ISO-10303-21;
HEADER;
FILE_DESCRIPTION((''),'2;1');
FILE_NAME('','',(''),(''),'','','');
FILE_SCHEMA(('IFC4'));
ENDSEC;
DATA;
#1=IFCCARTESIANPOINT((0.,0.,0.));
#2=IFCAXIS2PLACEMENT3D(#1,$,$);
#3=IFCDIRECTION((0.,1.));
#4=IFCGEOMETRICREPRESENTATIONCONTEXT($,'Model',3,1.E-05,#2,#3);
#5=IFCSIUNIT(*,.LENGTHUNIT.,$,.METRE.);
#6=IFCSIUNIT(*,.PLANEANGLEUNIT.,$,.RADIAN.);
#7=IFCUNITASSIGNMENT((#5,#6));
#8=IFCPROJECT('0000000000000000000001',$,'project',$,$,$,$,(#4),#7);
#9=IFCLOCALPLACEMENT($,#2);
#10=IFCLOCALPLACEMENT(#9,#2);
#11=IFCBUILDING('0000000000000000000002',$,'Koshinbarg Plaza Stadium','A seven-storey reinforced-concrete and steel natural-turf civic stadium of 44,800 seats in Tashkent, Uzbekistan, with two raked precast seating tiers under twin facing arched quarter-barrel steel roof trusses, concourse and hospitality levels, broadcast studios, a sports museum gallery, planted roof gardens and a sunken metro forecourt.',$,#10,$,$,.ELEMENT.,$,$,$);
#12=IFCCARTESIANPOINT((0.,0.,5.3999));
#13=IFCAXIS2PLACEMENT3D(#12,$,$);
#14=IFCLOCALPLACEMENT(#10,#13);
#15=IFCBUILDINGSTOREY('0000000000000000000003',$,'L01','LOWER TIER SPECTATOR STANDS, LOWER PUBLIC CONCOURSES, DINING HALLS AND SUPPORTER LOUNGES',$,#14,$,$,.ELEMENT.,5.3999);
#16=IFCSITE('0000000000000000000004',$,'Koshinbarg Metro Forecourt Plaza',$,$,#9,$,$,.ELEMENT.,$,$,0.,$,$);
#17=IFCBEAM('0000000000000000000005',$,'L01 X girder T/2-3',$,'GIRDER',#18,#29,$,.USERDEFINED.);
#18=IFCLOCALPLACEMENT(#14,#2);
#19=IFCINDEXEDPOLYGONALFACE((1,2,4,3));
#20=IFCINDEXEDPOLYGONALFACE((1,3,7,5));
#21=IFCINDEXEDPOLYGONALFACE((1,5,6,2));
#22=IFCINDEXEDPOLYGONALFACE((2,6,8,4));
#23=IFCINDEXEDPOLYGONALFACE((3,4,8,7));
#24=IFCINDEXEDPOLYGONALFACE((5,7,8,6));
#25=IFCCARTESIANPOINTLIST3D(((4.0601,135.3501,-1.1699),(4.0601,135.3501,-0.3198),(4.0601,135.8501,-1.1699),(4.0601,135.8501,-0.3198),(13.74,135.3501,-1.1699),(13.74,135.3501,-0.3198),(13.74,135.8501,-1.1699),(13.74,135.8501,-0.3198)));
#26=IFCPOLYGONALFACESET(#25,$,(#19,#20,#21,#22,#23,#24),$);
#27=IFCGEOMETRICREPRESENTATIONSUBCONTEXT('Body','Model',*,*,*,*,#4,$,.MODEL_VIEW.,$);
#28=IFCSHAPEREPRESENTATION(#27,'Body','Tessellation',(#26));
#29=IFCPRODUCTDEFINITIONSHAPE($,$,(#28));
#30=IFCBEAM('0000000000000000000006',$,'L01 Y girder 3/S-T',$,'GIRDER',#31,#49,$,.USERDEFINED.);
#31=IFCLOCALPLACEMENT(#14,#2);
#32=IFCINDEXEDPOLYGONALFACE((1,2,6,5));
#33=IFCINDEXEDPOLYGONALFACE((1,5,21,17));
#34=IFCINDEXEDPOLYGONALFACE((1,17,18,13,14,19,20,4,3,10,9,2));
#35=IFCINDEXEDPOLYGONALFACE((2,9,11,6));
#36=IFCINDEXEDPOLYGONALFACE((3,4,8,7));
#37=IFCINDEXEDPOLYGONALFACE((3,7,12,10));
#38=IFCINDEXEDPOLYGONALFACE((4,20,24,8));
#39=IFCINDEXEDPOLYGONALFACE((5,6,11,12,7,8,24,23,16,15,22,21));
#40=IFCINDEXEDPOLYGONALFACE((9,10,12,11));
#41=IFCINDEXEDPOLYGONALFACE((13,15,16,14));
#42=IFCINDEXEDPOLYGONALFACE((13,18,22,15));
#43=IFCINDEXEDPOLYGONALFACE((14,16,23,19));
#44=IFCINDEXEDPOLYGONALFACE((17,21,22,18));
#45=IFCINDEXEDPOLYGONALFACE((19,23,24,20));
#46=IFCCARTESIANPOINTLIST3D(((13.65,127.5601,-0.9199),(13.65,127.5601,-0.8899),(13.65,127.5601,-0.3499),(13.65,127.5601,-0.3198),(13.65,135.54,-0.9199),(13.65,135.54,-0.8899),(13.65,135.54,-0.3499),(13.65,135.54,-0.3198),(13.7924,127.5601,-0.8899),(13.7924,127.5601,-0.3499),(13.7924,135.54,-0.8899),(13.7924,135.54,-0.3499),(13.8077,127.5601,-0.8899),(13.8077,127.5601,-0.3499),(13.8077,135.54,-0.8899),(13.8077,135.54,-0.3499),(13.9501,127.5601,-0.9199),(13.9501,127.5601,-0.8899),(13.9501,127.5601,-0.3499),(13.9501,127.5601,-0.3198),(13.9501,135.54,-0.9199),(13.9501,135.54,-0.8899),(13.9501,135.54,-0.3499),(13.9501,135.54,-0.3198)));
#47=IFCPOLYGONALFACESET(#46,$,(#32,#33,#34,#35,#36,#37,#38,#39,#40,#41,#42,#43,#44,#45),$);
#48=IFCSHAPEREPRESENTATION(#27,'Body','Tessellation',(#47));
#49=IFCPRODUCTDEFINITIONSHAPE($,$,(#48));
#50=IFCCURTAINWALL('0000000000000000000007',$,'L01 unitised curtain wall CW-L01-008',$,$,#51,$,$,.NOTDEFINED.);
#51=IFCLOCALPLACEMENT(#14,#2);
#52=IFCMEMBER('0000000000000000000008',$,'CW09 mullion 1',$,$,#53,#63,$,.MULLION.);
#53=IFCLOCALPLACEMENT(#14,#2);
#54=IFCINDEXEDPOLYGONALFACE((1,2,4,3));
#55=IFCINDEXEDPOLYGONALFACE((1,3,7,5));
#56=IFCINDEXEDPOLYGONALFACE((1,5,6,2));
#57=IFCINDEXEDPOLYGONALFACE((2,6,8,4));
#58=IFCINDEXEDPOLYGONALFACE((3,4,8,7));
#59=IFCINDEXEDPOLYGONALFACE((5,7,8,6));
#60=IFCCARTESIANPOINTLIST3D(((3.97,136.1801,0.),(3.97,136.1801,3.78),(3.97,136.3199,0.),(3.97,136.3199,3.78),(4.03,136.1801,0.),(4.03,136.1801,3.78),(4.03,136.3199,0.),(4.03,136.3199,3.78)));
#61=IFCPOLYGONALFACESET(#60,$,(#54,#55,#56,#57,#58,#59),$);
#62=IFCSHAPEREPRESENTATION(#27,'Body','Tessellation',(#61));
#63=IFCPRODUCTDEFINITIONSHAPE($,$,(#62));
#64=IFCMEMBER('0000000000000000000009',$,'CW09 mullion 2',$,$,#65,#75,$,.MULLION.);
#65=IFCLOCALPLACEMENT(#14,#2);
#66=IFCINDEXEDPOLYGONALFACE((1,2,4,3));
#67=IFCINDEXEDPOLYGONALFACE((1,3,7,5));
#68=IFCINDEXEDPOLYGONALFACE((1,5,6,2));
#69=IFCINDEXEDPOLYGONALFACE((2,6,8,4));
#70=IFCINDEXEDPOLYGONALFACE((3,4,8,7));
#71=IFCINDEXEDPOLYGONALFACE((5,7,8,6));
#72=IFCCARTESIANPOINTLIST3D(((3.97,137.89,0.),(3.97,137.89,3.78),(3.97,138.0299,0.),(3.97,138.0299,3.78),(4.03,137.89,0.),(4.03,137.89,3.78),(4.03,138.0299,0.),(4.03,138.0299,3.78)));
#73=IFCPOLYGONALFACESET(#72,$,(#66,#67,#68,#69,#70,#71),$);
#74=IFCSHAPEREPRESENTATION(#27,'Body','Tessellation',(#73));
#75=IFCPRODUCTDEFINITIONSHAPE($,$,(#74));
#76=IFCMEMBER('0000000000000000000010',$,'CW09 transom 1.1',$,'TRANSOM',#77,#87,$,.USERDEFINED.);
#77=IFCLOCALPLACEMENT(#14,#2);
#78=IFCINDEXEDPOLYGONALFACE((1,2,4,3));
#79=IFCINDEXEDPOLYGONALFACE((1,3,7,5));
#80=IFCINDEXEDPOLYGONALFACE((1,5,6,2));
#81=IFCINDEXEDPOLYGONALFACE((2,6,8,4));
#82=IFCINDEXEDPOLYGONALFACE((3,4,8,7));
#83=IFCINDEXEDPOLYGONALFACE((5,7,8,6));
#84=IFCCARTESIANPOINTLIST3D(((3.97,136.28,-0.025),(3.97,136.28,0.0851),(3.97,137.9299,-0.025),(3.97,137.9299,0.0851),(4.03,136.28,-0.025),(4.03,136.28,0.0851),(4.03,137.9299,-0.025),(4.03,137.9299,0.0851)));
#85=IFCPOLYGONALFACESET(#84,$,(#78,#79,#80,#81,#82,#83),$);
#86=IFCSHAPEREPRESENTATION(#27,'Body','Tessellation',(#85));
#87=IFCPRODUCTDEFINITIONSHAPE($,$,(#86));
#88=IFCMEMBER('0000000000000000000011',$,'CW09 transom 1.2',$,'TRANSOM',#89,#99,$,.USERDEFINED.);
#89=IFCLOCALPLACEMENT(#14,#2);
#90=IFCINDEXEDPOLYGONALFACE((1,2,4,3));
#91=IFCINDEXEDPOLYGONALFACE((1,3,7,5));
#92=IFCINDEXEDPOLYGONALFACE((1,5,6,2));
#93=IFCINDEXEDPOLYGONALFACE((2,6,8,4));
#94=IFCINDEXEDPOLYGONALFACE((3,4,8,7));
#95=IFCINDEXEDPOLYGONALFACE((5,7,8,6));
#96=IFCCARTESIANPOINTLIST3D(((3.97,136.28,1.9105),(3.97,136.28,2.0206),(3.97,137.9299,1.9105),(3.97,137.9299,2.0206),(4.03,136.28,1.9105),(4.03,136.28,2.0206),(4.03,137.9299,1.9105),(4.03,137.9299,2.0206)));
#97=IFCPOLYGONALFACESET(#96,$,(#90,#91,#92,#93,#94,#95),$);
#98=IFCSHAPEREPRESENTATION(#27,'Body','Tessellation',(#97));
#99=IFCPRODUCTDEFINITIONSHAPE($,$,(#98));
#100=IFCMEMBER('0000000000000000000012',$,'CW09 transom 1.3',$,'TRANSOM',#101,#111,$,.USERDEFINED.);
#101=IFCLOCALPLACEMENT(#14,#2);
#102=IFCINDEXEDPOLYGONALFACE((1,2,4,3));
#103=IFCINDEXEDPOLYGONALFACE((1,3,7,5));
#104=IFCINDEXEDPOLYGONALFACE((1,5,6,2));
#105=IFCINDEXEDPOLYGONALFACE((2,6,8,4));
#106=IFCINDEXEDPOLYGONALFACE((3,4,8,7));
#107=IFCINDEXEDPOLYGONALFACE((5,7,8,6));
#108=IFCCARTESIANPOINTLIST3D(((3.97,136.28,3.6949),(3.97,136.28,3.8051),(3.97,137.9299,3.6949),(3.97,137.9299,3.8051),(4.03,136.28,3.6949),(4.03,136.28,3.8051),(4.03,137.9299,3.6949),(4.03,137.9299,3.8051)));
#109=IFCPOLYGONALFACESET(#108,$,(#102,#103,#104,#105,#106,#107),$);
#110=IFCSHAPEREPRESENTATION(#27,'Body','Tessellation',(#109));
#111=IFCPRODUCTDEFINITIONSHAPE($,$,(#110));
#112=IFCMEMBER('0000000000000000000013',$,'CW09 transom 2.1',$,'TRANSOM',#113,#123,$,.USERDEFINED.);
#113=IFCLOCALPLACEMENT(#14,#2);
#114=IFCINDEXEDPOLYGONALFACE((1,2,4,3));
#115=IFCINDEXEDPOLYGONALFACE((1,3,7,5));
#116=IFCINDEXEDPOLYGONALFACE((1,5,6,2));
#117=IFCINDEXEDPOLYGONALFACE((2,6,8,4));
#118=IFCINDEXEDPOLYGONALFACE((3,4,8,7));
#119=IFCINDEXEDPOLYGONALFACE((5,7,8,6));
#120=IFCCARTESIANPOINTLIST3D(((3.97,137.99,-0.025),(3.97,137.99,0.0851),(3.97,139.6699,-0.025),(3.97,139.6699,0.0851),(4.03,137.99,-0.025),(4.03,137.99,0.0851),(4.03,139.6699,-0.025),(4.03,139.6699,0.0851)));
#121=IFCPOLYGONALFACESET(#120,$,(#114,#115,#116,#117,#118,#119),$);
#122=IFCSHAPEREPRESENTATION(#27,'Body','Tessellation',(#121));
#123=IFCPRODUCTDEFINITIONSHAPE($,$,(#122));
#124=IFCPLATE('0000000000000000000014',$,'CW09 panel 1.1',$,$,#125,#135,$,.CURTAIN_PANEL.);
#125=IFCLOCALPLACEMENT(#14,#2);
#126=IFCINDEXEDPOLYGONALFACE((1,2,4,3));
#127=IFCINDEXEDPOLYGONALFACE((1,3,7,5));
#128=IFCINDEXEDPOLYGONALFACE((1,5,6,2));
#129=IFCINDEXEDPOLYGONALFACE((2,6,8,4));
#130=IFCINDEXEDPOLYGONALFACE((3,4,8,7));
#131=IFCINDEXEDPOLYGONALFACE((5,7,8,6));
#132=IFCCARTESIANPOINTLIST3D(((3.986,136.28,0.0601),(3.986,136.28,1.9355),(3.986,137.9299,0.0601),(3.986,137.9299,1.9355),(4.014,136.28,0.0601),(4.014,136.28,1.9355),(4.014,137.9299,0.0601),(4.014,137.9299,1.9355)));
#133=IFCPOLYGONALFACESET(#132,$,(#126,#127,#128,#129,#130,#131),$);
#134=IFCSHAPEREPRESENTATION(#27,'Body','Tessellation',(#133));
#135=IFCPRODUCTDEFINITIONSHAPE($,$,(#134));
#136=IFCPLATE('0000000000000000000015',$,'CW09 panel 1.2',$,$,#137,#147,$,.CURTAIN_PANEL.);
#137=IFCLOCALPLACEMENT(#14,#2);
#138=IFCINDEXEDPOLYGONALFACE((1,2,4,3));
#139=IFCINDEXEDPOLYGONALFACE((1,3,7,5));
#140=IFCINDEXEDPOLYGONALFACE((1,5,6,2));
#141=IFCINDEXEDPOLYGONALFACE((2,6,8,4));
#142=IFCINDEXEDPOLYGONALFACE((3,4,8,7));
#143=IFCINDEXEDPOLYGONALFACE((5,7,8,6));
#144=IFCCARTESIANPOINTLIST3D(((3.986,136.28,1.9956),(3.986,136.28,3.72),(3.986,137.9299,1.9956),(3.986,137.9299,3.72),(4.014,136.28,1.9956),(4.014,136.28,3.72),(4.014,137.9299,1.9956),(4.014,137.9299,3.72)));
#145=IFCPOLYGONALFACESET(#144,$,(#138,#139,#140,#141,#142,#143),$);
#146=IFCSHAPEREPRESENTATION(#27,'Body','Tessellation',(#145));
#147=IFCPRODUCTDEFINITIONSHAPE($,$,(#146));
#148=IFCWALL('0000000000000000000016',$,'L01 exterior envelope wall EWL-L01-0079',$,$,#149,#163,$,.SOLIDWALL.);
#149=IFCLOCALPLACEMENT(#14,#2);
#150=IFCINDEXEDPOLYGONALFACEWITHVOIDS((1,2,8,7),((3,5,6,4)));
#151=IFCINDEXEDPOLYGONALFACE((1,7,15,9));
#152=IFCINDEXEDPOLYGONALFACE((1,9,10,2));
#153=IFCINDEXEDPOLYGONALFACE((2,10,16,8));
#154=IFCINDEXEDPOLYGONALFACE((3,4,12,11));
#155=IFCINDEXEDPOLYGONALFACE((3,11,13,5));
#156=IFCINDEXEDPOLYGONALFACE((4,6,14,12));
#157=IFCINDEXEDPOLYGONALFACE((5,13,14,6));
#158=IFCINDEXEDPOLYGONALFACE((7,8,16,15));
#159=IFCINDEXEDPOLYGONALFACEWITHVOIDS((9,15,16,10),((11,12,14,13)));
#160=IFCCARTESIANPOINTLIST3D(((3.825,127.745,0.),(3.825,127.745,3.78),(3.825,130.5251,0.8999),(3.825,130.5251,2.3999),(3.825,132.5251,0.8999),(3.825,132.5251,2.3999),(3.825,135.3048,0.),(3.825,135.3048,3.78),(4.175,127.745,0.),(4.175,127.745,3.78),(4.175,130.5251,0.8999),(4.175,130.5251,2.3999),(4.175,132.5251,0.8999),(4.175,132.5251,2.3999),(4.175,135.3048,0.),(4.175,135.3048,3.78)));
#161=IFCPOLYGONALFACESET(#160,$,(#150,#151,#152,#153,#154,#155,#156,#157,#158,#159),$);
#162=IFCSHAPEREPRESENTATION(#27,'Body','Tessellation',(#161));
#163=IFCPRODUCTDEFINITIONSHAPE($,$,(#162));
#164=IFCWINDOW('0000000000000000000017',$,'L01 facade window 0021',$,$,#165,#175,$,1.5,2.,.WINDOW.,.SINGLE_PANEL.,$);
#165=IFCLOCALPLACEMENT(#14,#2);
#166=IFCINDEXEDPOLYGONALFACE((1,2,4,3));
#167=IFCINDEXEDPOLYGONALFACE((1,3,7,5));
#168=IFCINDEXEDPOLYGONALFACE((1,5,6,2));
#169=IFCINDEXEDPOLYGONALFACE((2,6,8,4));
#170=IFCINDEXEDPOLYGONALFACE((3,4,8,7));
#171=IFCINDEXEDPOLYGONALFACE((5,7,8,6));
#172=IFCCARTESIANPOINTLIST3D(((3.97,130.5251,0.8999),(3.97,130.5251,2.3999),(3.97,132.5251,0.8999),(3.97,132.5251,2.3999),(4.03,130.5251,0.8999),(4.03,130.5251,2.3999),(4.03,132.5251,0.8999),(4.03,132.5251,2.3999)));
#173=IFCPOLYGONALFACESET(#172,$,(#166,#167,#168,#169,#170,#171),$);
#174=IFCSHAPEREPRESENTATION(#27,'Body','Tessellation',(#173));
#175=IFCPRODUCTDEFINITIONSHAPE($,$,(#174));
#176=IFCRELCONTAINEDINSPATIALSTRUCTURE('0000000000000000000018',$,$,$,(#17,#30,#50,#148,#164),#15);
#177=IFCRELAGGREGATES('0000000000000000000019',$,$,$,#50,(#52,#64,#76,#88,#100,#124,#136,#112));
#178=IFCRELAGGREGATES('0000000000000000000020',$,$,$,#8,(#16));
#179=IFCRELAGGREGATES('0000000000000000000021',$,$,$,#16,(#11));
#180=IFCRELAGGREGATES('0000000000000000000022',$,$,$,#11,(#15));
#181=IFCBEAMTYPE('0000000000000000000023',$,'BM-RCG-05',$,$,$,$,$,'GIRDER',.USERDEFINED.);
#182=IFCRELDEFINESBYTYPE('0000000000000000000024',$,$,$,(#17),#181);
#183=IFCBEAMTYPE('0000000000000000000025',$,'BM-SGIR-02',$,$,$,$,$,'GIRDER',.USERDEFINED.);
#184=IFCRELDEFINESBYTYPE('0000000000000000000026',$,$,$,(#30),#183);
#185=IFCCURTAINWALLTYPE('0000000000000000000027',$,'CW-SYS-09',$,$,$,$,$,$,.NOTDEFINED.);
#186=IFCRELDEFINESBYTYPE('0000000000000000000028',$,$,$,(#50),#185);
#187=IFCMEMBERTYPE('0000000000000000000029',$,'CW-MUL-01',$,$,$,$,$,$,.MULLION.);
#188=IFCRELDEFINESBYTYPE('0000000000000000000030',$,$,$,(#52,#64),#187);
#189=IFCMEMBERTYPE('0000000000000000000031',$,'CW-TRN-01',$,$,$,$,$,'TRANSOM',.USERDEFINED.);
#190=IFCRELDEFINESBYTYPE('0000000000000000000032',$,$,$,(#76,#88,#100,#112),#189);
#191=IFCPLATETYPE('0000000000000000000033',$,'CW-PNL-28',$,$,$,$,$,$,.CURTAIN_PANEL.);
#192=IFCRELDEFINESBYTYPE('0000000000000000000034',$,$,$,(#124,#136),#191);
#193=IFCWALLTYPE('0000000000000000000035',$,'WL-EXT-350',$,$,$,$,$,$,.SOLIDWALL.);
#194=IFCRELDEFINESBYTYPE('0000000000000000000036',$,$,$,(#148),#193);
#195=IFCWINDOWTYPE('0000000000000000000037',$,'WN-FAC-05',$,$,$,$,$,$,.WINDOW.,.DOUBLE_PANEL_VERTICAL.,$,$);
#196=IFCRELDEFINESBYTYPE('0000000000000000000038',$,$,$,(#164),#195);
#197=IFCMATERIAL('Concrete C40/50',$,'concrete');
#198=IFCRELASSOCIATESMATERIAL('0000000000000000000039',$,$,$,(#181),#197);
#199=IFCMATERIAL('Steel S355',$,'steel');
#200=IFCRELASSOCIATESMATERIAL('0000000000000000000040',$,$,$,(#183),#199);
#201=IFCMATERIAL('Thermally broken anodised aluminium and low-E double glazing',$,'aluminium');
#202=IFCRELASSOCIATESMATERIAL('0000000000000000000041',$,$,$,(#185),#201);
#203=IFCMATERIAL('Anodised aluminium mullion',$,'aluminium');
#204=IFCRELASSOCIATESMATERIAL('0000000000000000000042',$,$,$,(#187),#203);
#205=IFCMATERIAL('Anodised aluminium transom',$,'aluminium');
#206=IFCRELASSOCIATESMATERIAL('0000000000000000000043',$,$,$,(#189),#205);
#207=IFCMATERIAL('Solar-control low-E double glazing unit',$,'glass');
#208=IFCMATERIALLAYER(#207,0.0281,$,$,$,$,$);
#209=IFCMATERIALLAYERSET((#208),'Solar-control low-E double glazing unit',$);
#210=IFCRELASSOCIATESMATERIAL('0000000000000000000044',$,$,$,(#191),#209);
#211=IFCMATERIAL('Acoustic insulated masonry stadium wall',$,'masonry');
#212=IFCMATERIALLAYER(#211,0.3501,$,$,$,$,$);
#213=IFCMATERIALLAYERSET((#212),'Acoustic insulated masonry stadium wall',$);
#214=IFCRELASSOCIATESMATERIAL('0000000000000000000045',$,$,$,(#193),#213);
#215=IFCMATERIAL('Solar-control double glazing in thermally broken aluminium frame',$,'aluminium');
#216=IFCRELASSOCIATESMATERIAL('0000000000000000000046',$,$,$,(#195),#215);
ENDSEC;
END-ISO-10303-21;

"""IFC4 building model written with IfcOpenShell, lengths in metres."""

from ifc_helpers import new_model, si_unit, direction, frame, frame_2d, origin, origin_2d, place, context, subcontext, project, spatial, rectangle, i_section, extrude, material, layer, layer_set, material_profile, profile_set, type_object, element, fill, aggregate, save


model = new_model("IFC4")

# Units and contexts
model_context = context("Model", 3, precision=1e-05, world=origin(), true_north=direction((0.0, 1.0)))
body_context = subcontext(model_context, "Body", "Model", "MODEL_VIEW")
ifc_project = project(units=[si_unit("LENGTHUNIT", "METRE"), si_unit("PLANEANGLEUNIT", "RADIAN")], contexts=[model_context])

# Site, building, storey
site_placement = place(None, origin())
site = spatial("IfcSite", under=ifc_project, at=site_placement, Name="Koshinbarg Metro Forecourt Plaza", CompositionType="ELEMENT", RefElevation=0.0)
building_placement = place(site_placement, origin())
building = spatial("IfcBuilding", under=site, at=building_placement, Name="Koshinbarg Plaza Stadium", Description="A seven-storey reinforced-concrete and steel natural-turf civic stadium of 44,800 seats in Tashkent, Uzbekistan, with two raked precast seating tiers under twin facing arched quarter-barrel steel roof trusses, concourse and hospitality levels, broadcast studios, a sports museum gallery, planted roof gardens and a sunken metro forecourt.", CompositionType="ELEMENT")
storey_placement = place(building_placement, frame((0.0, 0.0, 5.3999)))
storey = spatial("IfcBuildingStorey", under=building, at=storey_placement, Name="L01", Description="LOWER TIER SPECTATOR STANDS, LOWER PUBLIC CONCOURSES, DINING HALLS AND SUPPORTER LOUNGES", CompositionType="ELEMENT", Elevation=5.3999)

# Shared definitions
ifc_material_1 = material(Name="Steel S355", Category="steel")

# Beams
ifc_material_2 = material(Name="Concrete C40/50", Category="concrete")
ifc_material_profile_1 = material_profile(ifc_material_2, rectangle(XDim=0.5, YDim=0.8501, at=origin_2d()), Name="RC 500x850")
ifc_profile_set_1 = profile_set([ifc_material_profile_1], Name="Concrete C40/50")
beam_type_1 = type_object("IfcBeamType", Name="BM-RCG-05", ElementType="GIRDER", PredefinedType="USERDEFINED", material=ifc_profile_set_1)
for number, where, z_axis, x_axis, name in (
    (1, (4.0601, 135.6001, -0.7449), (1.0, 0.0, 0.0), (0.0, 1.0, 0.0), "L01 X girder T/2-3"),
):
    element("IfcBeam", number, at=place(storey_placement, frame(where, z_axis=z_axis, x_axis=x_axis)), inside=storey, type_object=beam_type_1, Name=name, ObjectType="GIRDER", PredefinedType="USERDEFINED", context=body_context, shape_type="SweptSolid", body=[
        extrude(rectangle(XDim=0.5, YDim=0.8501, at=origin_2d()), origin(), (0.0, 0.0, 1.0), 9.6799),
    ])
ifc_material_profile_2 = material_profile(ifc_material_1, i_section(OverallWidth=0.3, OverallDepth=0.6001, WebThickness=0.0154, FlangeThickness=0.03, at=origin_2d()), Name="HEB 600")
ifc_profile_set_2 = profile_set([ifc_material_profile_2], Name="Steel S355")
beam_type_2 = type_object("IfcBeamType", Name="BM-SGIR-02", ElementType="GIRDER", PredefinedType="USERDEFINED", material=ifc_profile_set_2)
beam_1_placement = place(storey_placement, frame((13.8, 127.5601, -0.6199), z_axis=(0.0, 1.0, 0.0), x_axis=(-1.0, 0.0, 0.0)))
element("IfcBeam", 2, at=beam_1_placement, inside=storey, type_object=beam_type_2, Name="L01 Y girder 3/S-T", ObjectType="GIRDER", PredefinedType="USERDEFINED", context=body_context, shape_type="SweptSolid", body=[
    extrude(i_section(OverallWidth=0.3, OverallDepth=0.6001, WebThickness=0.0154, FlangeThickness=0.03, at=origin_2d()), origin(), (0.0, 0.0, 1.0), 7.98),
])

# Curtain wall, members, plates
ifc_material_3 = material(Name="Thermally broken anodised aluminium and low-E double glazing", Category="aluminium")
curtain_wall_type = type_object("IfcCurtainWallType", Name="CW-SYS-09", PredefinedType="NOTDEFINED", material=ifc_material_3)
curtain_wall_placement = place(storey_placement, origin())
curtain_wall = element("IfcCurtainWall", 3, at=curtain_wall_placement, inside=storey, type_object=curtain_wall_type, Name="L01 unitised curtain wall CW-L01-008", PredefinedType="NOTDEFINED")
ifc_material_4 = material(Name="Anodised aluminium mullion", Category="aluminium")
ifc_material_profile_3 = material_profile(ifc_material_4, rectangle(XDim=0.0601, YDim=0.1399, at=origin_2d()), Name="ALU 60x140")
ifc_profile_set_3 = profile_set([ifc_material_profile_3], Name="Anodised aluminium mullion")
member_type_1 = type_object("IfcMemberType", Name="CW-MUL-01", PredefinedType="MULLION", material=ifc_profile_set_3)
member_1_placement = place(storey_placement, frame((4.0, 136.25, 0.0), z_axis=(0.0, 0.0, 1.0), x_axis=(-1.0, 0.0, 0.0)))
member_1 = element("IfcMember", 4, at=member_1_placement, type_object=member_type_1, Name="CW09 mullion 1", PredefinedType="MULLION", context=body_context, shape_type="SweptSolid", body=[
    extrude(rectangle(XDim=0.0601, YDim=0.1399, at=origin_2d()), origin(), (0.0, 0.0, 1.0), 3.78),
])
member_2_placement = place(storey_placement, frame((4.0, 137.96, 0.0), z_axis=(0.0, 0.0, 1.0), x_axis=(-1.0, 0.0, 0.0)))
member_2 = element("IfcMember", 5, at=member_2_placement, type_object=member_type_1, Name="CW09 mullion 2", PredefinedType="MULLION", context=body_context, shape_type="SweptSolid", body=[
    extrude(rectangle(XDim=0.0601, YDim=0.1399, at=origin_2d()), origin(), (0.0, 0.0, 1.0), 3.78),
])
ifc_material_5 = material(Name="Anodised aluminium transom", Category="aluminium")
ifc_material_profile_4 = material_profile(ifc_material_5, rectangle(XDim=0.0601, YDim=0.1101, at=origin_2d()), Name="ALU 60x110")
ifc_profile_set_4 = profile_set([ifc_material_profile_4], Name="Anodised aluminium transom")
member_type_2 = type_object("IfcMemberType", Name="CW-TRN-01", ElementType="TRANSOM", PredefinedType="USERDEFINED", material=ifc_profile_set_4)
member_3_placement = place(storey_placement, frame((4.0, 136.28, 0.03), z_axis=(0.0, 1.0, 0.0), x_axis=(-1.0, 0.0, 0.0)))
member_3 = element("IfcMember", 6, at=member_3_placement, type_object=member_type_2, Name="CW09 transom 1.1", ObjectType="TRANSOM", PredefinedType="USERDEFINED", context=body_context, shape_type="SweptSolid", body=[
    extrude(rectangle(XDim=0.0601, YDim=0.1101, at=origin_2d()), origin(), (0.0, 0.0, 1.0), 1.6499),
])
member_4_placement = place(storey_placement, frame((4.0, 136.28, 1.9656), z_axis=(0.0, 1.0, 0.0), x_axis=(-1.0, 0.0, 0.0)))
member_4 = element("IfcMember", 7, at=member_4_placement, type_object=member_type_2, Name="CW09 transom 1.2", ObjectType="TRANSOM", PredefinedType="USERDEFINED", context=body_context, shape_type="SweptSolid", body=[
    extrude(rectangle(XDim=0.0601, YDim=0.1101, at=origin_2d()), origin(), (0.0, 0.0, 1.0), 1.6499),
])
member_5_placement = place(storey_placement, frame((4.0, 136.28, 3.75), z_axis=(0.0, 1.0, 0.0), x_axis=(-1.0, 0.0, 0.0)))
member_5 = element("IfcMember", 8, at=member_5_placement, type_object=member_type_2, Name="CW09 transom 1.3", ObjectType="TRANSOM", PredefinedType="USERDEFINED", context=body_context, shape_type="SweptSolid", body=[
    extrude(rectangle(XDim=0.0601, YDim=0.1101, at=origin_2d()), origin(), (0.0, 0.0, 1.0), 1.6499),
])
member_6_placement = place(storey_placement, frame((4.0, 137.99, 0.03), z_axis=(0.0, 1.0, 0.0), x_axis=(-1.0, 0.0, 0.0)))
member_6 = element("IfcMember", 9, at=member_6_placement, type_object=member_type_2, Name="CW09 transom 2.1", ObjectType="TRANSOM", PredefinedType="USERDEFINED", context=body_context, shape_type="SweptSolid", body=[
    extrude(rectangle(XDim=0.0601, YDim=0.1101, at=origin_2d()), origin(), (0.0, 0.0, 1.0), 1.6799),
])
ifc_material_6 = material(Name="Solar-control low-E double glazing unit", Category="glass")
ifc_layer_1 = layer(ifc_material_6, 0.0281)
ifc_layer_set_1 = layer_set([ifc_layer_1], Name="Solar-control low-E double glazing unit")
plate_type = type_object("IfcPlateType", Name="CW-PNL-28", PredefinedType="CURTAIN_PANEL", material=ifc_layer_set_1)
plate_1_placement = place(storey_placement, frame((4.0, 137.105, 0.0601), z_axis=(0.0, 0.0, 1.0), x_axis=(0.0, 1.0, 0.0)))
plate_1 = element("IfcPlate", 10, at=plate_1_placement, type_object=plate_type, Name="CW09 panel 1.1", PredefinedType="CURTAIN_PANEL", context=body_context, shape_type="SweptSolid", body=[
    extrude(rectangle(XDim=1.6499, YDim=0.0281, at=origin_2d()), origin(), (0.0, 0.0, 1.0), 1.8755),
])
plate_2_placement = place(storey_placement, frame((4.0, 137.105, 1.9956), z_axis=(0.0, 0.0, 1.0), x_axis=(0.0, 1.0, 0.0)))
plate_2 = element("IfcPlate", 11, at=plate_2_placement, type_object=plate_type, Name="CW09 panel 1.2", PredefinedType="CURTAIN_PANEL", context=body_context, shape_type="SweptSolid", body=[
    extrude(rectangle(XDim=1.6499, YDim=0.0281, at=origin_2d()), origin(), (0.0, 0.0, 1.0), 1.7244),
])
aggregate(curtain_wall, [member_1, member_2, member_3, member_4, member_5, plate_1, plate_2, member_6])

# Wall, opening, window
ifc_material_7 = material(Name="Acoustic insulated masonry stadium wall", Category="masonry")
ifc_layer_2 = layer(ifc_material_7, 0.3501)
ifc_layer_set_2 = layer_set([ifc_layer_2], Name="Acoustic insulated masonry stadium wall")
wall_type_1 = type_object("IfcWallType", Name="WL-EXT-350", PredefinedType="SOLIDWALL", material=ifc_layer_set_2)
wall_1_placement = place(storey_placement, frame((4.0, 127.7451, 0.0), z_axis=(0.0, 0.0, 1.0), x_axis=(0.0, 1.0, 0.0)))
wall_1 = element("IfcWall", 12, at=wall_1_placement, inside=storey, type_object=wall_type_1, Name="L01 exterior envelope wall EWL-L01-0079", PredefinedType="SOLIDWALL", context=body_context, shape_type="SweptSolid", body=[
    extrude(rectangle(XDim=7.5598, YDim=0.3501, at=frame_2d((3.7798, 0.0))), origin(), (0.0, 0.0, 1.0), 3.78),
])
opening_1_placement = place(wall_1_placement, frame((2.78, 0.0, 0.8999)))
opening_1 = element("IfcOpeningElement", 13, at=opening_1_placement, cuts=wall_1, PredefinedType="OPENING", context=body_context, shape_type="SweptSolid", body=[
    extrude(rectangle(XDim=2.0, YDim=1.5, at=frame_2d((1.0, 0.75))), frame((0.0, 0.1851, 0.0), z_axis=(0.0, -1.0, 0.0), x_axis=(1.0, 0.0, 0.0)), (0.0, 0.0, 1.0), 0.3701),
])
ifc_material_8 = material(Name="Solar-control double glazing in thermally broken aluminium frame", Category="aluminium")
window_type = type_object("IfcWindowType", Name="WN-FAC-05", PartitioningType="DOUBLE_PANEL_VERTICAL", PredefinedType="WINDOW", material=ifc_material_8)
window_placement = place(opening_1_placement, origin())
window = element("IfcWindow", 14, at=window_placement, inside=storey, type_object=window_type, Name="L01 facade window 0021", OverallHeight=1.5, OverallWidth=2.0, PartitioningType="SINGLE_PANEL", PredefinedType="WINDOW", context=body_context, shape_type="SweptSolid", body=[
    extrude(rectangle(XDim=2.0, YDim=1.5, at=frame_2d((1.0, 0.75))), frame((0.0, 0.03, 0.0), z_axis=(0.0, -1.0, 0.0), x_axis=(1.0, 0.0, 0.0)), (0.0, 0.0, 1.0), 0.0601),
])
fill(opening_1, window)

save(model, "model.ifc")
